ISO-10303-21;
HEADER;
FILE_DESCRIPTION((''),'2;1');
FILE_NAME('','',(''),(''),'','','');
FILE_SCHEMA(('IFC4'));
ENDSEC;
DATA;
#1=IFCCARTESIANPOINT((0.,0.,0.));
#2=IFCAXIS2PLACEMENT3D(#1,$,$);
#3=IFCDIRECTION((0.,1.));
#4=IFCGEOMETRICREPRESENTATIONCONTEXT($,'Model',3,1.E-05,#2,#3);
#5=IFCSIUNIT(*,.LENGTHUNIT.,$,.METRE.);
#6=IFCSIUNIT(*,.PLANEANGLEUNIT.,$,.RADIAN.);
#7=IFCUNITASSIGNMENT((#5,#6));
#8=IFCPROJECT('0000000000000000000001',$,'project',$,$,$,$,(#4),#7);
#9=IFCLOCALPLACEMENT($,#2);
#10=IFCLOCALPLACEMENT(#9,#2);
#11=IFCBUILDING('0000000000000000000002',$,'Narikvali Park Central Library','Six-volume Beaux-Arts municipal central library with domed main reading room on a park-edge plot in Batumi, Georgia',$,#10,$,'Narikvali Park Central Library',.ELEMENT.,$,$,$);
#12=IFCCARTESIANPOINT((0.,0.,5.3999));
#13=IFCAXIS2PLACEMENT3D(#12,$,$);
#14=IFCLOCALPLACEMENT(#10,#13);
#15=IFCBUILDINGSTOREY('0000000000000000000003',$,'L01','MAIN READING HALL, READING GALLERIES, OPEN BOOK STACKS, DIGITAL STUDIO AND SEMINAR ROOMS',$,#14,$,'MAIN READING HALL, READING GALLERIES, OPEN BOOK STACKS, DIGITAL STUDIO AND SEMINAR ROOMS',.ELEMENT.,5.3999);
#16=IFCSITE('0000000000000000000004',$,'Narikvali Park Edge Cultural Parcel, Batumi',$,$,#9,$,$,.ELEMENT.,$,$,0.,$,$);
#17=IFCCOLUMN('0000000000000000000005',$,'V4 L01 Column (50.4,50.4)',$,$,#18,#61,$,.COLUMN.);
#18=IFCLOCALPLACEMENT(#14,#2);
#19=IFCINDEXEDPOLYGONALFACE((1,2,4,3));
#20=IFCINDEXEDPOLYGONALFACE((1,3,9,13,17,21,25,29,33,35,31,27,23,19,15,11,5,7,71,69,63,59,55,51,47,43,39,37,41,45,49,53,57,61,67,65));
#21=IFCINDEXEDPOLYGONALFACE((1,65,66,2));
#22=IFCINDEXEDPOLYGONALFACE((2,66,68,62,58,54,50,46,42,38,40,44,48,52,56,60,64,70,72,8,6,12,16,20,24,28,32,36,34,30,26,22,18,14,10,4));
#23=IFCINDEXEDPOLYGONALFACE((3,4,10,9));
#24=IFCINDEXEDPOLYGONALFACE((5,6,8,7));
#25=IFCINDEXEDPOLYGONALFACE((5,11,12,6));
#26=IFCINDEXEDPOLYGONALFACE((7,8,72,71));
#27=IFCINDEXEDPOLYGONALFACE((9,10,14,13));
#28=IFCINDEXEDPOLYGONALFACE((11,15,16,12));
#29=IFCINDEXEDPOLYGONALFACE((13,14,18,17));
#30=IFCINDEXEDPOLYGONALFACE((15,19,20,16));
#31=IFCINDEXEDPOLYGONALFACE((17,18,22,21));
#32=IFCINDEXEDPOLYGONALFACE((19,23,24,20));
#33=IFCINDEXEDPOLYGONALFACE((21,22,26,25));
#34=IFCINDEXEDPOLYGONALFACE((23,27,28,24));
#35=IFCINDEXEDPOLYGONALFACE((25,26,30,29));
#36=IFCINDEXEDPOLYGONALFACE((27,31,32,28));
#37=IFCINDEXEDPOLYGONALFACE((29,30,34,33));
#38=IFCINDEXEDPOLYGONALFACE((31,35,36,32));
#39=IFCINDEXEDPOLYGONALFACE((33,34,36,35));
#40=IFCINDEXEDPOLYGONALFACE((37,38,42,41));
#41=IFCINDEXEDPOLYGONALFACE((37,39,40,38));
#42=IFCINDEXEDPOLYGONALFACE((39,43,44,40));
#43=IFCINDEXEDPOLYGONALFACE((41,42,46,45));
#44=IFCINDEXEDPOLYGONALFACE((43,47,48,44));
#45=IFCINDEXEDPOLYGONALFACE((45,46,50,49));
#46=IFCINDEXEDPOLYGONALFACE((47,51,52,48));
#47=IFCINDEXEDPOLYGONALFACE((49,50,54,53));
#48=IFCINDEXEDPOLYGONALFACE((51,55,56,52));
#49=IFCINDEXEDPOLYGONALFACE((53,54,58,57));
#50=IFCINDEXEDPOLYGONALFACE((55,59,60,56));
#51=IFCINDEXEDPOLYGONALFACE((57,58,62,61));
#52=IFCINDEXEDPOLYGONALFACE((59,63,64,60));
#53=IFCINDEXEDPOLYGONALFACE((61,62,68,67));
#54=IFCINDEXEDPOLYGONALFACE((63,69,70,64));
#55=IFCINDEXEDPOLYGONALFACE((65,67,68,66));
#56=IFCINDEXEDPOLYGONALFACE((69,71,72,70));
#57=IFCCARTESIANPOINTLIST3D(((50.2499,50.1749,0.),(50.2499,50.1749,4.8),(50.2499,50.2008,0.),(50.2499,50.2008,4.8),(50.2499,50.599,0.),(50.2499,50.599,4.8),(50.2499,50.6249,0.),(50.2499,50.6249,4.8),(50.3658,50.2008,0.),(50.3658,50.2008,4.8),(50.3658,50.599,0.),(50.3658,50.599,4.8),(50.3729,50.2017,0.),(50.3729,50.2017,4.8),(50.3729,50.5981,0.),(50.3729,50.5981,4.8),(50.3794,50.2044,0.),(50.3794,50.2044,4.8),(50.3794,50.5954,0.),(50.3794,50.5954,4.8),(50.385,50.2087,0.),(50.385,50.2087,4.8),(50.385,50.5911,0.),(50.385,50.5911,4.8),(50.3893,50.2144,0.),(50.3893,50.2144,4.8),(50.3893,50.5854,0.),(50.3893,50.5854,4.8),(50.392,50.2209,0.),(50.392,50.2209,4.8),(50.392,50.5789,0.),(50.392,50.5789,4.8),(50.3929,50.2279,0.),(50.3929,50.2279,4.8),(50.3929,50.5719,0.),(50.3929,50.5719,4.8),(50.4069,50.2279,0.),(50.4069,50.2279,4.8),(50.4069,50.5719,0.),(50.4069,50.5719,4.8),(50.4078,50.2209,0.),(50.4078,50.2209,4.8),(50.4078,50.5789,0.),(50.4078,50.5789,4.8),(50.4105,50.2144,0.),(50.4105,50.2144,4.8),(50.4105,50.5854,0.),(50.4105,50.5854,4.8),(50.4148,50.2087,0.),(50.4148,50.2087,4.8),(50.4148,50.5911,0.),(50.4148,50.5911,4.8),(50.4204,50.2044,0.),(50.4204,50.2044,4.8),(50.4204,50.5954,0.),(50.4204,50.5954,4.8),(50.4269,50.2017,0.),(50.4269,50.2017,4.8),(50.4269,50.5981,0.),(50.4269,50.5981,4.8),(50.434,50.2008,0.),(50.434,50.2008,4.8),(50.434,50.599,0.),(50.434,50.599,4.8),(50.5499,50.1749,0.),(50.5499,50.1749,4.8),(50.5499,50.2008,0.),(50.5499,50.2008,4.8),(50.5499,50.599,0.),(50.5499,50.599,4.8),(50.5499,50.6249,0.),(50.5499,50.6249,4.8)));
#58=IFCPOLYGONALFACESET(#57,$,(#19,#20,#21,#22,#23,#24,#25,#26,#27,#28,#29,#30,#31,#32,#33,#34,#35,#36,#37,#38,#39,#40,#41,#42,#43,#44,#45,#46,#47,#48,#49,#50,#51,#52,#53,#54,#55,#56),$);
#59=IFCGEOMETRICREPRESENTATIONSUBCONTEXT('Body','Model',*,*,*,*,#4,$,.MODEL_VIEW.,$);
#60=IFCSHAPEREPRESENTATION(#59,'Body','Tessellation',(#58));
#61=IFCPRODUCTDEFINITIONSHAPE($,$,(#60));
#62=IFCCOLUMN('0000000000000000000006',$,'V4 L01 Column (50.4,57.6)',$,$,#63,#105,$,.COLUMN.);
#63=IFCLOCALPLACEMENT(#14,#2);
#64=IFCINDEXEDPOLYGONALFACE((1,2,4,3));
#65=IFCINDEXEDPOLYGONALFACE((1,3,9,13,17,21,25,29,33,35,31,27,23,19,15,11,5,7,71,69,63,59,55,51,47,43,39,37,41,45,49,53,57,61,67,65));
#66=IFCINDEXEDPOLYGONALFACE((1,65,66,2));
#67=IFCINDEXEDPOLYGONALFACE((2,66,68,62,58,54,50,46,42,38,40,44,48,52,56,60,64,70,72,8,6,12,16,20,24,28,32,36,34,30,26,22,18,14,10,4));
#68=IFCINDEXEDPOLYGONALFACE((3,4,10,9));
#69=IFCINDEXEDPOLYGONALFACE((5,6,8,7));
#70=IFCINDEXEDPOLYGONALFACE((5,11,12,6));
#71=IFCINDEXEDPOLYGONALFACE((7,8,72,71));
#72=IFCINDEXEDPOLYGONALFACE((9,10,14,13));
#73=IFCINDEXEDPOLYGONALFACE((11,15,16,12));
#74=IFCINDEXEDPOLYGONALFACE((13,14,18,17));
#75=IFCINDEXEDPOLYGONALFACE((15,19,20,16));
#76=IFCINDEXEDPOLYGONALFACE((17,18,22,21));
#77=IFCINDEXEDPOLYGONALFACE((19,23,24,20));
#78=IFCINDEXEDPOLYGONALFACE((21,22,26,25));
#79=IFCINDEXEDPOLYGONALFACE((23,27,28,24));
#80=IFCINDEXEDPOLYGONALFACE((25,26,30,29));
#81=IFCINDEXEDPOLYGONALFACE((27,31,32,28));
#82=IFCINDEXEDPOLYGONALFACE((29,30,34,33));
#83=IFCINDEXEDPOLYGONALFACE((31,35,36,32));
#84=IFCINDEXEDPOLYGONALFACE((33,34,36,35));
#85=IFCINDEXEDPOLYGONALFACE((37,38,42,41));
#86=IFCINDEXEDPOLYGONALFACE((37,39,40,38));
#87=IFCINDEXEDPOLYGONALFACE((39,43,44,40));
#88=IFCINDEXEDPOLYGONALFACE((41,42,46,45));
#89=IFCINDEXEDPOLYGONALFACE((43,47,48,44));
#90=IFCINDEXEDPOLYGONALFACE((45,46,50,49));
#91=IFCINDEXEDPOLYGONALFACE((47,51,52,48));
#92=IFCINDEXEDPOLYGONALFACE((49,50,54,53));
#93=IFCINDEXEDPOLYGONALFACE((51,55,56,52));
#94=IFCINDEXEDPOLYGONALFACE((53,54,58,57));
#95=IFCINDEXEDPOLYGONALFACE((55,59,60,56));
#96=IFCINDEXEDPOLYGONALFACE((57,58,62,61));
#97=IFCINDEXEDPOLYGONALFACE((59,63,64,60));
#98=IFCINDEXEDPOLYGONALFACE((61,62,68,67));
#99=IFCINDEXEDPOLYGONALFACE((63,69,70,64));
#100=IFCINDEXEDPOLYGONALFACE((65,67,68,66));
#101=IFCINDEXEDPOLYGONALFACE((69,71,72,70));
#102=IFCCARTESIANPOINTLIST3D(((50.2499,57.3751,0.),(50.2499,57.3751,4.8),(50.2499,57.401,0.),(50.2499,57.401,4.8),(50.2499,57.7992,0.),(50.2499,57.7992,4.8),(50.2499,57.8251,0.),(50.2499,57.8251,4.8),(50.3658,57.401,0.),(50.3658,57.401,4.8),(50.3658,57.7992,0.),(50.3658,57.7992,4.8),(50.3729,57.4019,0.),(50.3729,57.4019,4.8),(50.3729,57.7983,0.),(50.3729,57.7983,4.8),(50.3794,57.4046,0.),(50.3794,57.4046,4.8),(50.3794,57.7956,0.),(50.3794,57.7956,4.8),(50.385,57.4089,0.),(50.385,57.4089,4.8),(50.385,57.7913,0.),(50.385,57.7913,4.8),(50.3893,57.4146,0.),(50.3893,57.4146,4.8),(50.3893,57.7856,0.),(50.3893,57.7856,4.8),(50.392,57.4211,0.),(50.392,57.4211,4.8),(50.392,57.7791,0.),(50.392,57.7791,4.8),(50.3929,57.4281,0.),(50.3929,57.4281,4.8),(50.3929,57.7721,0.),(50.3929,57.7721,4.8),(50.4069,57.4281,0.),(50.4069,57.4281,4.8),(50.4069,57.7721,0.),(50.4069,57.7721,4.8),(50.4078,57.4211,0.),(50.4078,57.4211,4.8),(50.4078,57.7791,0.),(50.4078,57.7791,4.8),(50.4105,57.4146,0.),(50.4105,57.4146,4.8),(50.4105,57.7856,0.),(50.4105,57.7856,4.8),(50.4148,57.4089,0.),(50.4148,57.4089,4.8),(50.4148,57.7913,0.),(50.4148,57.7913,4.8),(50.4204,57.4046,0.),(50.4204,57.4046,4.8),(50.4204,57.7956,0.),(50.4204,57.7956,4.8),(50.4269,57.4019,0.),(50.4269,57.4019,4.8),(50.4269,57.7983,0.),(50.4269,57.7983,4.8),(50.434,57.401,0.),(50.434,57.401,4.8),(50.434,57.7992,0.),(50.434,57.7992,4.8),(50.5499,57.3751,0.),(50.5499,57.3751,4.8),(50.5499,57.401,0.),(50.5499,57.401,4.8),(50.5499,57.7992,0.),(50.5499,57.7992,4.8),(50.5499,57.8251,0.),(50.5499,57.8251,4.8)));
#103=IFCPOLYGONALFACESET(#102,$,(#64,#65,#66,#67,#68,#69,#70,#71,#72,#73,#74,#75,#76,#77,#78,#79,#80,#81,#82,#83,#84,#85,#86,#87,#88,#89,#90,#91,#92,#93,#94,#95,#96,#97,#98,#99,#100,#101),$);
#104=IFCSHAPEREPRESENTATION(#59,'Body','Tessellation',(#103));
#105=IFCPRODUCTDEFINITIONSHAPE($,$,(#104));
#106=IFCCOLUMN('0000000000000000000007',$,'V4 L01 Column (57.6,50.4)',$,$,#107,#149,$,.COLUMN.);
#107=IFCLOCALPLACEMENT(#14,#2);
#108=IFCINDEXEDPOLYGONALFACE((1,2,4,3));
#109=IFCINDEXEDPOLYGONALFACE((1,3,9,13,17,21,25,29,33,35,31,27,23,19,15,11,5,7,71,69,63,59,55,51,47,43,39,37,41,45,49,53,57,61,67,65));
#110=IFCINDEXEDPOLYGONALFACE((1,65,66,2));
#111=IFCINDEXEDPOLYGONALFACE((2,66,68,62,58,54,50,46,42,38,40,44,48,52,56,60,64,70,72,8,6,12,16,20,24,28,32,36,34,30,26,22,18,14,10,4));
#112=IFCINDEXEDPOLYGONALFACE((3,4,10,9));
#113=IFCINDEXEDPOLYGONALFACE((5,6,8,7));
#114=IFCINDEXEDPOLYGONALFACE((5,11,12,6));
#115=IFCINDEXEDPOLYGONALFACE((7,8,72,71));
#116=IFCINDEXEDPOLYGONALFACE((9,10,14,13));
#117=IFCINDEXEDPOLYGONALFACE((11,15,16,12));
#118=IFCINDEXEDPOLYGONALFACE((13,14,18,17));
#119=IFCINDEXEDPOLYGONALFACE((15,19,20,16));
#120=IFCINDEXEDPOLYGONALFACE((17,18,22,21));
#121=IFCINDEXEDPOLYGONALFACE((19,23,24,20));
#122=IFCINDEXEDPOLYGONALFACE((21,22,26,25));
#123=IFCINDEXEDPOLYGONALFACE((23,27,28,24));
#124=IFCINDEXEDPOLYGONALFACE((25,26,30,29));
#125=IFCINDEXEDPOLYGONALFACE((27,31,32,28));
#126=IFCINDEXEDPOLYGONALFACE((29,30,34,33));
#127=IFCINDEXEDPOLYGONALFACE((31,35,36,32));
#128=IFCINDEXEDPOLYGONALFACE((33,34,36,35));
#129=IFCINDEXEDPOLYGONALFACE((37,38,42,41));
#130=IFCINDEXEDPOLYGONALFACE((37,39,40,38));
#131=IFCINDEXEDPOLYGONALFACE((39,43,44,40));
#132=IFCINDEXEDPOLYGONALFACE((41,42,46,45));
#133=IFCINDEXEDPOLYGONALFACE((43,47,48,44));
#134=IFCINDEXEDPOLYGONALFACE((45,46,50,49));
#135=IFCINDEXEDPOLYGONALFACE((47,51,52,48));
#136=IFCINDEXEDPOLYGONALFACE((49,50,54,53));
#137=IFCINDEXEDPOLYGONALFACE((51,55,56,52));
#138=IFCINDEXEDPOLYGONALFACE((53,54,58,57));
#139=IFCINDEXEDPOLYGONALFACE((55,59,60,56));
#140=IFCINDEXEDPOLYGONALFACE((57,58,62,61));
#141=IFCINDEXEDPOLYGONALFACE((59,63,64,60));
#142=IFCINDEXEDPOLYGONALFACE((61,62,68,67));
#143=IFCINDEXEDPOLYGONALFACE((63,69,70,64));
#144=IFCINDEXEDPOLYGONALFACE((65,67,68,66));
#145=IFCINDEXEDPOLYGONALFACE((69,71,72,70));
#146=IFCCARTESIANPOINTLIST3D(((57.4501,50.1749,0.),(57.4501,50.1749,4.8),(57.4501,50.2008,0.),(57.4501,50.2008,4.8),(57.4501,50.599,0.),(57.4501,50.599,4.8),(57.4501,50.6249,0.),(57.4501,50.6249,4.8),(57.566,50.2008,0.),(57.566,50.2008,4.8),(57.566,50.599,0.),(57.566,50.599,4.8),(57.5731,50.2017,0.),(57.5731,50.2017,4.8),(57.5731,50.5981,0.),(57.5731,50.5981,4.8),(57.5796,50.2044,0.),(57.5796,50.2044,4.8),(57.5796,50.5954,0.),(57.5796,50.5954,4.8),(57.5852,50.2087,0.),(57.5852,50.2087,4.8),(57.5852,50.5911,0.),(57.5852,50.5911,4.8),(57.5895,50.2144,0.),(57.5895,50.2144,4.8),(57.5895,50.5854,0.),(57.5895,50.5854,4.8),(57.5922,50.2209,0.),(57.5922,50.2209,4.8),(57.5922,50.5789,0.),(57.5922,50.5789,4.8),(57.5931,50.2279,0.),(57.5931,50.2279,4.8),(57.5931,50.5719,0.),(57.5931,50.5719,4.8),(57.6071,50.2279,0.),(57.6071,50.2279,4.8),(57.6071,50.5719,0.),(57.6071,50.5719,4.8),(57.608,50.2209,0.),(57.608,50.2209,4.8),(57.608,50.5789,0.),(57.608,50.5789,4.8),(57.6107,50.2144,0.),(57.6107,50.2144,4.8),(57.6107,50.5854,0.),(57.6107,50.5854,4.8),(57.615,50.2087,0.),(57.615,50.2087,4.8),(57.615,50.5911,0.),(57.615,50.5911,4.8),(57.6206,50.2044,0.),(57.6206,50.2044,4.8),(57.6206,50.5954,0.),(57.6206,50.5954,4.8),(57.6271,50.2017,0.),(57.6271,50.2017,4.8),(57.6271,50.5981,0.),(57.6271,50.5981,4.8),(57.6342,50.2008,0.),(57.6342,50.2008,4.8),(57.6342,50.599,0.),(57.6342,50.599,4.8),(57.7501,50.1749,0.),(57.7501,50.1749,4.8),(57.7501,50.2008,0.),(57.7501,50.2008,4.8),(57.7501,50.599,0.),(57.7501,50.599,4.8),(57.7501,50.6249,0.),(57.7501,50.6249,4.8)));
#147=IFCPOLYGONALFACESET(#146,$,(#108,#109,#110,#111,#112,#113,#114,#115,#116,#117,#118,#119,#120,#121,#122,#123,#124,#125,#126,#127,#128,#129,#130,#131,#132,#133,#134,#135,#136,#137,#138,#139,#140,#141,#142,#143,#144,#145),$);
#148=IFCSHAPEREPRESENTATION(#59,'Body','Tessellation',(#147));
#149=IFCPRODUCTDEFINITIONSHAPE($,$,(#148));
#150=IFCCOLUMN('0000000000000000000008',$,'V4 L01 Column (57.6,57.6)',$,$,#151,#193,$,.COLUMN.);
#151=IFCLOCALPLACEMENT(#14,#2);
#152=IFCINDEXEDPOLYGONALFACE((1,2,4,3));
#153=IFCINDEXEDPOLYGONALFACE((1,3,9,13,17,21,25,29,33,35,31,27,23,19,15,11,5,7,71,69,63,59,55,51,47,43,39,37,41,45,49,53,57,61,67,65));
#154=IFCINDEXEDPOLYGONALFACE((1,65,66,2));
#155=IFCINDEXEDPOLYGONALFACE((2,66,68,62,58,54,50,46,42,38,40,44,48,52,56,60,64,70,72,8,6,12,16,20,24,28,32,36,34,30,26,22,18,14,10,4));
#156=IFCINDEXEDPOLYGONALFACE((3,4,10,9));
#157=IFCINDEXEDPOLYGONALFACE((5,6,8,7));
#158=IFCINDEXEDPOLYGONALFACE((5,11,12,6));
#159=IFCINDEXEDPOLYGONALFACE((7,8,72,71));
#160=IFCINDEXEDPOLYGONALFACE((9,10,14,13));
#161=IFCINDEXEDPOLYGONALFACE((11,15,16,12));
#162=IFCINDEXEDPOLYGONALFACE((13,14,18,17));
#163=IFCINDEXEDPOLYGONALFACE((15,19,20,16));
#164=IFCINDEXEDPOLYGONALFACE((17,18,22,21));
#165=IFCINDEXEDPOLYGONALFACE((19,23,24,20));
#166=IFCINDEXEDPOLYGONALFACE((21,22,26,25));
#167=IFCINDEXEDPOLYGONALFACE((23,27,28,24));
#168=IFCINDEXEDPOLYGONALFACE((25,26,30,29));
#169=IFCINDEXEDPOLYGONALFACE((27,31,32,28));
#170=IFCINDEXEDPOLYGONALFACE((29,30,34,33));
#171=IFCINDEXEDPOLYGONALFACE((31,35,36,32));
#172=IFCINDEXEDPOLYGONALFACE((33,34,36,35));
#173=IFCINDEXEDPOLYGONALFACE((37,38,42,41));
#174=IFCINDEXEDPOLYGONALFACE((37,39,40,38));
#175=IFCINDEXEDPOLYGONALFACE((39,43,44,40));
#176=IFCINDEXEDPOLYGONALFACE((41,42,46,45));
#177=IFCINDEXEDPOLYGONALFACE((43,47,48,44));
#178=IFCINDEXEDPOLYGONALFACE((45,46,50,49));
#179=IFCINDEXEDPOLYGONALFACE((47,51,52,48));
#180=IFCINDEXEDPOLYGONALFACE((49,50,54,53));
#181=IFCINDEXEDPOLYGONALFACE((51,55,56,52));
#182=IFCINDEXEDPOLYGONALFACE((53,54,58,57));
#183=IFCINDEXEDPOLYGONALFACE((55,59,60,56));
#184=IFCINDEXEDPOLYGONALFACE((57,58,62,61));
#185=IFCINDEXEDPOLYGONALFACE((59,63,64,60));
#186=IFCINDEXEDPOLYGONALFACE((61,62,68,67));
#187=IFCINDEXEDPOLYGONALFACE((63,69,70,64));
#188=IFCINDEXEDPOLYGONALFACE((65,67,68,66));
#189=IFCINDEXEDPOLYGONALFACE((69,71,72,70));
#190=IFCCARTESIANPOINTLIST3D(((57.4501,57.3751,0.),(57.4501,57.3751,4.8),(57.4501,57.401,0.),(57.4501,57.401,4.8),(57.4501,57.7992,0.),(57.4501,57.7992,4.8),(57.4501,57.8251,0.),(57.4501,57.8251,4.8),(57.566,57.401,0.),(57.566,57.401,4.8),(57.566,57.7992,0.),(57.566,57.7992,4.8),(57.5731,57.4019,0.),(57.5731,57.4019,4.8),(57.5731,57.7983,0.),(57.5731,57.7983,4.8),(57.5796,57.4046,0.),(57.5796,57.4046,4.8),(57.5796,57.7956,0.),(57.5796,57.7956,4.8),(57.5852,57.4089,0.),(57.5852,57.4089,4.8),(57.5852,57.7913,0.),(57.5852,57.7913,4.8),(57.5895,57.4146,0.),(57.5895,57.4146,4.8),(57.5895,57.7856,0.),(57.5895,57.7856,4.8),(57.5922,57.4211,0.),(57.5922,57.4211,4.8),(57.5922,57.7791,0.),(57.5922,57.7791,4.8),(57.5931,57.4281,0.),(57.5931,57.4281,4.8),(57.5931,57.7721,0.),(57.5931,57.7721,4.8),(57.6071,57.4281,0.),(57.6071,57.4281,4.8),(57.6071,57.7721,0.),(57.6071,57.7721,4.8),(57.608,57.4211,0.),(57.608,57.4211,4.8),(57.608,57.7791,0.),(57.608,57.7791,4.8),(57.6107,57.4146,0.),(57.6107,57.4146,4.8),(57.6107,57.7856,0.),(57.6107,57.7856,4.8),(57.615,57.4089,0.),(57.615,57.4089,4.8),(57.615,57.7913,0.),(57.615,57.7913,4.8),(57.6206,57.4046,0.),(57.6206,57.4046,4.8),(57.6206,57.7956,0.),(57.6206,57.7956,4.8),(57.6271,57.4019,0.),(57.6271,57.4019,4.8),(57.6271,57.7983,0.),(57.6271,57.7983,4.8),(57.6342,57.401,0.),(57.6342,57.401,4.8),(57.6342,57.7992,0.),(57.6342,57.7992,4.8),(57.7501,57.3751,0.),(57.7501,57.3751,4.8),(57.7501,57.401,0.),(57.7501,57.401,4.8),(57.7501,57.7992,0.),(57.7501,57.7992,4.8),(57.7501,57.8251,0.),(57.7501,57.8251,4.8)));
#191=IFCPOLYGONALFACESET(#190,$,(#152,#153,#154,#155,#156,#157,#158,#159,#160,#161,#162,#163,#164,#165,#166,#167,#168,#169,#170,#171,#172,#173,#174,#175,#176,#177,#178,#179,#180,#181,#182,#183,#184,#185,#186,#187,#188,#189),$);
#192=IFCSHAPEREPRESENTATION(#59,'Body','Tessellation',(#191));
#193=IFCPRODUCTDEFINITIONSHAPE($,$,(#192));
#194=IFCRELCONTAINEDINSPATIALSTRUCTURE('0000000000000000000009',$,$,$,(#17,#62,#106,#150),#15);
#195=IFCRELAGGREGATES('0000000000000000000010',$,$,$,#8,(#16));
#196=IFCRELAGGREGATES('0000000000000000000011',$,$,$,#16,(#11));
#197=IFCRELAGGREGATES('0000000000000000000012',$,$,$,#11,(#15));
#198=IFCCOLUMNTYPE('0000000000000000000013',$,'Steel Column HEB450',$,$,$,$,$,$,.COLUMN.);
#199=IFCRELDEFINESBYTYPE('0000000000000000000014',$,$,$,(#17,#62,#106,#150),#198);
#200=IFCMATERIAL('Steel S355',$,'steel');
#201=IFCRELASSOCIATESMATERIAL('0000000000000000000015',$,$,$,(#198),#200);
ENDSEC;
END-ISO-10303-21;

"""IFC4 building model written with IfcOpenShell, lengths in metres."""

from ifc_helpers import new_model, si_unit, direction, frame, origin, origin_2d, place, context, subcontext, project, spatial, i_section, extrude, material, material_profile, profile_set, type_object, element, save


model = new_model("IFC4")

# Units and contexts
model_context = context("Model", 3, precision=1e-05, world=origin(), true_north=direction((0.0, 1.0)))
body_context = subcontext(model_context, "Body", "Model", "MODEL_VIEW")
ifc_project = project(units=[si_unit("LENGTHUNIT", "METRE"), si_unit("PLANEANGLEUNIT", "RADIAN")], contexts=[model_context])

# Site, building, storey
site_placement = place(None, origin())
site = spatial("IfcSite", under=ifc_project, at=site_placement, Name="Narikvali Park Edge Cultural Parcel, Batumi", CompositionType="ELEMENT", RefElevation=0.0)
building_placement = place(site_placement, origin())
building = spatial("IfcBuilding", under=site, at=building_placement, Name="Narikvali Park Central Library", Description="Six-volume Beaux-Arts municipal central library with domed main reading room on a park-edge plot in Batumi, Georgia", LongName="Narikvali Park Central Library", CompositionType="ELEMENT")
storey_placement = place(building_placement, frame((0.0, 0.0, 5.3999)))
storey = spatial("IfcBuildingStorey", under=building, at=storey_placement, Name="L01", Description="MAIN READING HALL, READING GALLERIES, OPEN BOOK STACKS, DIGITAL STUDIO AND SEMINAR ROOMS", LongName="MAIN READING HALL, READING GALLERIES, OPEN BOOK STACKS, DIGITAL STUDIO AND SEMINAR ROOMS", CompositionType="ELEMENT", Elevation=5.3999)

# Columns
ifc_material_1 = material(Name="Steel S355", Category="steel")
ifc_material_profile_1 = material_profile(ifc_material_1, i_section(OverallWidth=0.3, OverallDepth=0.45, WebThickness=0.0139, FlangeThickness=0.0259, FilletRadius=0.0271, at=origin_2d()), Name="HEB 450")
ifc_profile_set_1 = profile_set([ifc_material_profile_1], Name="Steel S355")
column_type = type_object("IfcColumnType", Name="Steel Column HEB450", PredefinedType="COLUMN", material=ifc_profile_set_1)
for number, where, z_axis, x_axis, name in (
    (1, (50.3999, 50.3999, 0.0), (0.0, 0.0, 1.0), (1.0, 0.0, 0.0), "V4 L01 Column (50.4,50.4)"),
    (2, (50.3999, 57.6001, 0.0), (0.0, 0.0, 1.0), (1.0, 0.0, 0.0), "V4 L01 Column (50.4,57.6)"),
    (3, (57.6001, 50.3999, 0.0), (0.0, 0.0, 1.0), (1.0, 0.0, 0.0), "V4 L01 Column (57.6,50.4)"),
    (4, (57.6001, 57.6001, 0.0), (0.0, 0.0, 1.0), (1.0, 0.0, 0.0), "V4 L01 Column (57.6,57.6)"),
):
    element("IfcColumn", number, at=place(storey_placement, frame(where, z_axis=z_axis, x_axis=x_axis)), inside=storey, type_object=column_type, Name=name, PredefinedType="COLUMN", context=body_context, shape_type="SweptSolid", body=[
        extrude(i_section(OverallWidth=0.3, OverallDepth=0.45, WebThickness=0.0139, FlangeThickness=0.0259, FilletRadius=0.0271, at=origin_2d()), origin(), (0.0, 0.0, 1.0), 4.8),
    ])

save(model, "model.ifc")
